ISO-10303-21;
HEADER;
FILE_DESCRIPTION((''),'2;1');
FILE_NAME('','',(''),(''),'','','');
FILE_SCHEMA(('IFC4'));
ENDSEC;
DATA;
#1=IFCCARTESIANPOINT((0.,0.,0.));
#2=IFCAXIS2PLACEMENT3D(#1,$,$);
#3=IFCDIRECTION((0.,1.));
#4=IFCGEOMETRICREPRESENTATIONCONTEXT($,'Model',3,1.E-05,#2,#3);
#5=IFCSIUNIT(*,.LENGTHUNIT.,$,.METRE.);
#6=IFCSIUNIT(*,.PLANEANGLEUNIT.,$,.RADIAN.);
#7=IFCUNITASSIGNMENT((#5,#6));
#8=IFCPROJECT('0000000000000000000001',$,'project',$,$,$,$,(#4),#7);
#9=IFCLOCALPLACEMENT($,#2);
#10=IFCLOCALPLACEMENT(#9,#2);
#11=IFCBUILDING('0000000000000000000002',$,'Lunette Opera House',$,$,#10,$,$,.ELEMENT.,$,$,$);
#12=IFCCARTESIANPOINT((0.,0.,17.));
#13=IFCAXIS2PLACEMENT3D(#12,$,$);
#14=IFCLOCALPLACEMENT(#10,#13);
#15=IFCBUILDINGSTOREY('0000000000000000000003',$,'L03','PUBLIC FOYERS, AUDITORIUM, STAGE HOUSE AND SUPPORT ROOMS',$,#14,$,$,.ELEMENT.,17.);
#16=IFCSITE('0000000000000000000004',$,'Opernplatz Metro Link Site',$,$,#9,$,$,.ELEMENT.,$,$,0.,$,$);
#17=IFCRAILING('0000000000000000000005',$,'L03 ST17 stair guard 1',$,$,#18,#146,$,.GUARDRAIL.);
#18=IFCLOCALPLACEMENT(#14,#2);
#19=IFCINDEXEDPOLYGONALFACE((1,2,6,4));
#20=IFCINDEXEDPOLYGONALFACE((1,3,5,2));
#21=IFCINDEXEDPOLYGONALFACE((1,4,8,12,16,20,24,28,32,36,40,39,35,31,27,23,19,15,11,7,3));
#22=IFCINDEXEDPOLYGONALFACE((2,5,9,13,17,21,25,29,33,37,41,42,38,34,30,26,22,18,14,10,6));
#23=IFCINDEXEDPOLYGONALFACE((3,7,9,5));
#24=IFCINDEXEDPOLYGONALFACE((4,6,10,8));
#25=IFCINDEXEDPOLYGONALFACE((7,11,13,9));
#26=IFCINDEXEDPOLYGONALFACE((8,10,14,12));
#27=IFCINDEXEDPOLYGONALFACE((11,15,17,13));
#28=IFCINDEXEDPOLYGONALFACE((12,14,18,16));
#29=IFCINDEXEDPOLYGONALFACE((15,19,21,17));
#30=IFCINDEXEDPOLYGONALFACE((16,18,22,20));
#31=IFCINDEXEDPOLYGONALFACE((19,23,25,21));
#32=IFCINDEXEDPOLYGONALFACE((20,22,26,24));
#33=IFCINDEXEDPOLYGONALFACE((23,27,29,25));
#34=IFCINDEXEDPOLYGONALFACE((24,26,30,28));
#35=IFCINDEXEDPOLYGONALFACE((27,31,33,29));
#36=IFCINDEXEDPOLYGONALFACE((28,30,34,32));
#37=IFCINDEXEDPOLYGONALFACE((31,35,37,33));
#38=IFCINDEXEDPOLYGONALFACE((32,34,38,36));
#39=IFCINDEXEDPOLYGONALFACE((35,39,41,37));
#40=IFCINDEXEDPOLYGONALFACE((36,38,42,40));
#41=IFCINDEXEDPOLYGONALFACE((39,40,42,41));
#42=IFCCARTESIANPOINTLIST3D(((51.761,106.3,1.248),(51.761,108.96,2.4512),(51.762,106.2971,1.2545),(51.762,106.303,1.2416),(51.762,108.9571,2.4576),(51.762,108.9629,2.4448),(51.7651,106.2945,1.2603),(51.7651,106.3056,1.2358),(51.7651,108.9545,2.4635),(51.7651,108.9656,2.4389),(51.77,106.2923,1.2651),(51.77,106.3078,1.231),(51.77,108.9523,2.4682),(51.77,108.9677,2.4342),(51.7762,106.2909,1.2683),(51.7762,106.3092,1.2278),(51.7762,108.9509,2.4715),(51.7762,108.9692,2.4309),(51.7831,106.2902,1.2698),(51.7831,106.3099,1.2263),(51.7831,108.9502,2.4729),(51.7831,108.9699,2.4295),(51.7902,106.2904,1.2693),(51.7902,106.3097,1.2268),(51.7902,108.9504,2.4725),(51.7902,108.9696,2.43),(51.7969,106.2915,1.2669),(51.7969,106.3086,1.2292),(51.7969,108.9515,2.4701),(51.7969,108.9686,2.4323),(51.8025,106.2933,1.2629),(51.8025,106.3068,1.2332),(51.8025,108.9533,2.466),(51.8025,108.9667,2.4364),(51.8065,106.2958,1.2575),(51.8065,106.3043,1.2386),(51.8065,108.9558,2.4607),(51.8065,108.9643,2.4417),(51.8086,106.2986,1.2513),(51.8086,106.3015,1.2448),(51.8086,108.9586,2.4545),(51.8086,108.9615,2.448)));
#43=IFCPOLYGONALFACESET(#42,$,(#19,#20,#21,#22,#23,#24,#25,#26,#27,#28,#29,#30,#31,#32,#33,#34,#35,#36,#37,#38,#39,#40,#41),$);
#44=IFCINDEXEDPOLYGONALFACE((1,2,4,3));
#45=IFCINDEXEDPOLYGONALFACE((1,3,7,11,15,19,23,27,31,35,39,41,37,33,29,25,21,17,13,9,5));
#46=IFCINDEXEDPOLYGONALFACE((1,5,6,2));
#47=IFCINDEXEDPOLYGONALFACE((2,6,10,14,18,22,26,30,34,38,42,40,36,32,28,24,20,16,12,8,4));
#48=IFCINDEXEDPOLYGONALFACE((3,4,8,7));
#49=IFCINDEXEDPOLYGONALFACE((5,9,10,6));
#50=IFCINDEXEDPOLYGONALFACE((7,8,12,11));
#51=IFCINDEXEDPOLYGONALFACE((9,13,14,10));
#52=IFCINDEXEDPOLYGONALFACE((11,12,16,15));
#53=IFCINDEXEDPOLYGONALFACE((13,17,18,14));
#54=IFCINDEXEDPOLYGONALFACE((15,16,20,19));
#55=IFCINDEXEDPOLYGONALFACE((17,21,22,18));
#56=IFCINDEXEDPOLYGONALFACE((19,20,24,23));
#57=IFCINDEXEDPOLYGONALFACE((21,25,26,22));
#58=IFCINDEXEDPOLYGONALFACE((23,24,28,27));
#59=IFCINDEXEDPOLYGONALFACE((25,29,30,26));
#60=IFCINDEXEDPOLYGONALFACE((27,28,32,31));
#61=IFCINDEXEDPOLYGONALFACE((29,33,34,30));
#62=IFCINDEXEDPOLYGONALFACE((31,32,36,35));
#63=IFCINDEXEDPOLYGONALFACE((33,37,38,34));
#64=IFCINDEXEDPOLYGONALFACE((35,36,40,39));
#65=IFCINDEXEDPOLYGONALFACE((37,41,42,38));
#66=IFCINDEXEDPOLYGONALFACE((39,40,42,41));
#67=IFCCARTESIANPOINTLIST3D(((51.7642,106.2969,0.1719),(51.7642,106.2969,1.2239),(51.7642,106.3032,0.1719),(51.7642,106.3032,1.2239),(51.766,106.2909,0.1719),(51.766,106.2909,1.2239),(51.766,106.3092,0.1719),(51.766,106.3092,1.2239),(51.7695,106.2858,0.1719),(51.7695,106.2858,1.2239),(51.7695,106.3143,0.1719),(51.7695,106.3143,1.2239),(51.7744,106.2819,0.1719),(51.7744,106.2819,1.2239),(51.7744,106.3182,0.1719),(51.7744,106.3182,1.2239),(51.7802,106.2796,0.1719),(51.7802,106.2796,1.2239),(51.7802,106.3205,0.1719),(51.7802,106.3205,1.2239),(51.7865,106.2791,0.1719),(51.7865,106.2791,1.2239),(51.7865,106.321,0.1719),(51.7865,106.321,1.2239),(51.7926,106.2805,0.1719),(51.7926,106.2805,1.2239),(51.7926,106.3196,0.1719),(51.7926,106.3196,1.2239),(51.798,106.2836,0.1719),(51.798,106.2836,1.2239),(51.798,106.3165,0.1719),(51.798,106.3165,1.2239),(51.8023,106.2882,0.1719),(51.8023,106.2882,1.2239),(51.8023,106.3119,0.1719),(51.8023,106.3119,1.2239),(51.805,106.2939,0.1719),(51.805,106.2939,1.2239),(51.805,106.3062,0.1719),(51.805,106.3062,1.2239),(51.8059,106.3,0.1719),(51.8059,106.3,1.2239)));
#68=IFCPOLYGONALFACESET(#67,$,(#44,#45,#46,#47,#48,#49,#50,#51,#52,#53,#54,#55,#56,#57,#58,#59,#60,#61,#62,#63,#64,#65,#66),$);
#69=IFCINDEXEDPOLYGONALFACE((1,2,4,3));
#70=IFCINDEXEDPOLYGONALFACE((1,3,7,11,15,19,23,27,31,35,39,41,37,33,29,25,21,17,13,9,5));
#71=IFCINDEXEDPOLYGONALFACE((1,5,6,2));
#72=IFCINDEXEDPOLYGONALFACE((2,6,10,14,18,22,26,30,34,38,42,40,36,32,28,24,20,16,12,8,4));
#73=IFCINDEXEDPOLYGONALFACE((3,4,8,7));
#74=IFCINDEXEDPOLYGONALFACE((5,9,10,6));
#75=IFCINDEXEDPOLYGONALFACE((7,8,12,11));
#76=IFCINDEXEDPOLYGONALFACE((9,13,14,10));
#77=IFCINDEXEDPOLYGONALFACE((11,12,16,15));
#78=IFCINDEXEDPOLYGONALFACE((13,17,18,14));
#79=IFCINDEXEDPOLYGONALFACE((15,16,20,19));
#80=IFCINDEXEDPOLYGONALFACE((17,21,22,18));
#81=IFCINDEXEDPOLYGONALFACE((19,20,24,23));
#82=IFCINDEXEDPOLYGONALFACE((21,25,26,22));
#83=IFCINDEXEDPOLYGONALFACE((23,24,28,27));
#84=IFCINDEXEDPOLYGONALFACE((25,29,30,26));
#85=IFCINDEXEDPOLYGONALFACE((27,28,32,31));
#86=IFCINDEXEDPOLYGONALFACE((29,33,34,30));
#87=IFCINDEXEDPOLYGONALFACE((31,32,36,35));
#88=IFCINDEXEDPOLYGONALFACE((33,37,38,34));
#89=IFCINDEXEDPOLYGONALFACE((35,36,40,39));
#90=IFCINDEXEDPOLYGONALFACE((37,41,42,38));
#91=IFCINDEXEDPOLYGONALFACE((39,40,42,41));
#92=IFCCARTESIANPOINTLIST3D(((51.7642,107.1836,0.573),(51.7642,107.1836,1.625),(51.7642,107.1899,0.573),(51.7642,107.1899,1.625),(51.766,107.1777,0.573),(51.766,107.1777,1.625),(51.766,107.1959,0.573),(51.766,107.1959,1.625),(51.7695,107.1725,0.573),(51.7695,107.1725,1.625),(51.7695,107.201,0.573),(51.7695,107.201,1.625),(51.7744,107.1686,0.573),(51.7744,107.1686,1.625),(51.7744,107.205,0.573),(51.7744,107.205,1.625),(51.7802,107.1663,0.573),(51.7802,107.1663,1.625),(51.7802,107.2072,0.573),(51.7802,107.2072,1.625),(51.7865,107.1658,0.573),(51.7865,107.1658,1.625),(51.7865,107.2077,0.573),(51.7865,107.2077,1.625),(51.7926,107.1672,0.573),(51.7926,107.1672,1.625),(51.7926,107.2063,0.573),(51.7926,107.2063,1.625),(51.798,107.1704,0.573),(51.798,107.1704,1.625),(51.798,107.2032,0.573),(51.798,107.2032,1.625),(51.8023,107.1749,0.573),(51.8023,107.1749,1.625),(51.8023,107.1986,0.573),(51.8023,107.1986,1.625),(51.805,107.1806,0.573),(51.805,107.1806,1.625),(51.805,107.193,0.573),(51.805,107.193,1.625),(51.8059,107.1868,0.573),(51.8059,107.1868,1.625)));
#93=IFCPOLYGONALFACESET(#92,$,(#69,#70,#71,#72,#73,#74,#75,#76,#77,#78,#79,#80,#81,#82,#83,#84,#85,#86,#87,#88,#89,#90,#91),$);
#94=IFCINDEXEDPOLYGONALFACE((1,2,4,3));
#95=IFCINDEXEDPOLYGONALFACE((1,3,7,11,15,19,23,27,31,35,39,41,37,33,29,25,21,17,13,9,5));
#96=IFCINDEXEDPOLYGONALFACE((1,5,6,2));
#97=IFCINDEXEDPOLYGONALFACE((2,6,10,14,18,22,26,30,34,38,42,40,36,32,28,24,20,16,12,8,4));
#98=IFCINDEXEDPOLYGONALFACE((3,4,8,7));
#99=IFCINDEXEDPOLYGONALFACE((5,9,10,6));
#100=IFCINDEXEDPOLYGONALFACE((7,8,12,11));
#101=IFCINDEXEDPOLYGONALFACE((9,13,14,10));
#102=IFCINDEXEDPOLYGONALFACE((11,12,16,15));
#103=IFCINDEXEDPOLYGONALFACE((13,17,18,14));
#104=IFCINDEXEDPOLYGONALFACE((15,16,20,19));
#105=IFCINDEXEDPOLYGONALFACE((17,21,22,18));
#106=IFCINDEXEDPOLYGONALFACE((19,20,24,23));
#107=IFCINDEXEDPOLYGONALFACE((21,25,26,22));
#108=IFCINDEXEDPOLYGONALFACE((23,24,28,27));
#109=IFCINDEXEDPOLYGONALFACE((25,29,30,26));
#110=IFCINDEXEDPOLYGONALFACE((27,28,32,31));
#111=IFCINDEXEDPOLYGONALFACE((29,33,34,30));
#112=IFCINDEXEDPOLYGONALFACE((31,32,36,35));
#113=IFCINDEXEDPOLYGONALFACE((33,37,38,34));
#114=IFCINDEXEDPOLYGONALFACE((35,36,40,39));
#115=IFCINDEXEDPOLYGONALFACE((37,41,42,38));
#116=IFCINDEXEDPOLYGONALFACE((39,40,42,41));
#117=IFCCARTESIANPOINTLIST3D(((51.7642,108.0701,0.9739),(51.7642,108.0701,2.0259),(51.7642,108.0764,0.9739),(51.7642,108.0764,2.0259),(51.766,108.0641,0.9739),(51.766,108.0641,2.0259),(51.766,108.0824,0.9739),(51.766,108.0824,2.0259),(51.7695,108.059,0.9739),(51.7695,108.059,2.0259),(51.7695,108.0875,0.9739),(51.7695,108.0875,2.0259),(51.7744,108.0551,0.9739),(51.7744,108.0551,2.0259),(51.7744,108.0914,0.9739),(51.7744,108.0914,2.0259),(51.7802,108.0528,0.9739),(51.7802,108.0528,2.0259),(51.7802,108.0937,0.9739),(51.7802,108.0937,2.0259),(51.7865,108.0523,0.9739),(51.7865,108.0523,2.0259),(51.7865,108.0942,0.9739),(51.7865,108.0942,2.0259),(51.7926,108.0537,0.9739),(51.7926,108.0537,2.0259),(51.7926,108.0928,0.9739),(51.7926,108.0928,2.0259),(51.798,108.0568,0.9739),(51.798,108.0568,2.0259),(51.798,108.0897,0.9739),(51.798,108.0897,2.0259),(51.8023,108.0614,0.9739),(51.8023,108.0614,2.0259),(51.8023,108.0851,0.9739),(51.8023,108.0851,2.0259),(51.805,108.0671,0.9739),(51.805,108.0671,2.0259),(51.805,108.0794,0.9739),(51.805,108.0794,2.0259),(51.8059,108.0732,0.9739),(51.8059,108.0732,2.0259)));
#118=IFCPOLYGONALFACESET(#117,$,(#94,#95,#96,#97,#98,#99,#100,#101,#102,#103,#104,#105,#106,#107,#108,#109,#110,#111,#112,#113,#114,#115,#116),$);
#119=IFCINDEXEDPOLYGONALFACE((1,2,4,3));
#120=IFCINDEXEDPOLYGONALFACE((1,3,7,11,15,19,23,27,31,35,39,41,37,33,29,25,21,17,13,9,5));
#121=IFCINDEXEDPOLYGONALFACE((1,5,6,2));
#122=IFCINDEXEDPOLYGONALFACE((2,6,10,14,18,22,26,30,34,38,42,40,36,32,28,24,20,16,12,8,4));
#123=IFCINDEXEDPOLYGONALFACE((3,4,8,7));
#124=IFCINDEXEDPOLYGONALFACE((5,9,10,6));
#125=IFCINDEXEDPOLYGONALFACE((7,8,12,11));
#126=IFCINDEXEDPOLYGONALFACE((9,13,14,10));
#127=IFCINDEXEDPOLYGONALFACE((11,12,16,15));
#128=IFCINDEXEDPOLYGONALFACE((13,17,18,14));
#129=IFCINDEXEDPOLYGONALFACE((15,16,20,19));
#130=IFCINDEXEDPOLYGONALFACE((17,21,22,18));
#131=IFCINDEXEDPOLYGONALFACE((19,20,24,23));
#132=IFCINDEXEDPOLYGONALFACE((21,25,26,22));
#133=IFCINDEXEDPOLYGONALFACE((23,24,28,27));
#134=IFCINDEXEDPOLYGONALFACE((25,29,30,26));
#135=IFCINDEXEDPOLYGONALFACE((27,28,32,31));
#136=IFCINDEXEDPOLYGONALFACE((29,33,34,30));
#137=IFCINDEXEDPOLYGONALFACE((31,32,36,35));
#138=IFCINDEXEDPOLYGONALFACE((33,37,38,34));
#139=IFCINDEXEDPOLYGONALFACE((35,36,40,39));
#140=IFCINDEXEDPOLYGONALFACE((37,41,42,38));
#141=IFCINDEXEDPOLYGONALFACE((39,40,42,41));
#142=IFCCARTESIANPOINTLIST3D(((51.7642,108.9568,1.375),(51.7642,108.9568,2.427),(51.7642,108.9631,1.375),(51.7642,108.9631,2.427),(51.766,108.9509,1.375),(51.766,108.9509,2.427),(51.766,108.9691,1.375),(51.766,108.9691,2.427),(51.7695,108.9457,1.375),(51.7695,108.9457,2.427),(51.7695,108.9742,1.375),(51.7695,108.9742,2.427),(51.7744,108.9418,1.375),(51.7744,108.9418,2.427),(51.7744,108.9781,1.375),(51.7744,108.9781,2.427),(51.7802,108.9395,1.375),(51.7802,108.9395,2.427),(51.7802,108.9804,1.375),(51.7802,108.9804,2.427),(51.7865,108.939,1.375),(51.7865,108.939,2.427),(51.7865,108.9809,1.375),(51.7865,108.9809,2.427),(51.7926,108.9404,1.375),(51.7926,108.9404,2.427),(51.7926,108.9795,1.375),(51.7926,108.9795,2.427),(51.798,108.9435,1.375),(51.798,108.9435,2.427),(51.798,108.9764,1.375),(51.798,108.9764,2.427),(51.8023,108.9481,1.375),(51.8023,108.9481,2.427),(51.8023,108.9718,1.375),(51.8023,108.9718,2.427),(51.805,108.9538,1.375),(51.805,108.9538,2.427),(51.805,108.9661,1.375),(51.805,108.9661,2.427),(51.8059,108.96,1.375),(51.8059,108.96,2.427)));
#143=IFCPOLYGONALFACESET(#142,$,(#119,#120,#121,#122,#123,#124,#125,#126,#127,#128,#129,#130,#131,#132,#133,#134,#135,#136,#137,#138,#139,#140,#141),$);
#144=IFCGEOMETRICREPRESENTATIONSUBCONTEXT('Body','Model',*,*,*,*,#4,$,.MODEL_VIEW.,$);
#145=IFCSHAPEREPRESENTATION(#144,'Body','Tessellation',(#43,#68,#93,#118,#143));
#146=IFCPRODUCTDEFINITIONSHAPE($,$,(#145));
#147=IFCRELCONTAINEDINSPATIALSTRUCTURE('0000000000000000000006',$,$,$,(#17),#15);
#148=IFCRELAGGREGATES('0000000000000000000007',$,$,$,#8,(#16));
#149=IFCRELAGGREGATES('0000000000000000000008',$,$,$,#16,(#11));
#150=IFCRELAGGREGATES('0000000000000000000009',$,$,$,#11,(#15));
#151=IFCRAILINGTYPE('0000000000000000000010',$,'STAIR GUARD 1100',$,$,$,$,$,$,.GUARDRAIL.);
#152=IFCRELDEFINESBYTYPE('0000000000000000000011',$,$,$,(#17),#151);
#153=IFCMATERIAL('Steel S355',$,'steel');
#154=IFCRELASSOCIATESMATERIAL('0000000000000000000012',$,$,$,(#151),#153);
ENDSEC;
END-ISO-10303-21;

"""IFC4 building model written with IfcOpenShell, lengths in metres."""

from ifc_helpers import new_model, si_unit, direction, frame, origin, origin_2d, place, context, subcontext, project, spatial, circle, extrude, material, type_object, element, save


model = new_model("IFC4")

# Units and contexts
model_context = context("Model", 3, precision=1e-05, world=origin(), true_north=direction((0.0, 1.0)))
body_context = subcontext(model_context, "Body", "Model", "MODEL_VIEW")
ifc_project = project(units=[si_unit("LENGTHUNIT", "METRE"), si_unit("PLANEANGLEUNIT", "RADIAN")], contexts=[model_context])

# Site, building, storey
site_placement = place(None, origin())
site = spatial("IfcSite", under=ifc_project, at=site_placement, Name="Opernplatz Metro Link Site", CompositionType="ELEMENT", RefElevation=0.0)
building_placement = place(site_placement, origin())
building = spatial("IfcBuilding", under=site, at=building_placement, Name="Lunette Opera House", CompositionType="ELEMENT")
storey_placement = place(building_placement, frame((0.0, 0.0, 17.0)))
storey = spatial("IfcBuildingStorey", under=building, at=storey_placement, Name="L03", Description="PUBLIC FOYERS, AUDITORIUM, STAGE HOUSE AND SUPPORT ROOMS", CompositionType="ELEMENT", Elevation=17.0)

# Railing
ifc_material_1 = material(Name="Steel S355", Category="steel")
railing_type_1 = type_object("IfcRailingType", Name="STAIR GUARD 1100", PredefinedType="GUARDRAIL", material=ifc_material_1)
railing_1_placement = place(storey_placement, frame((51.7849, 106.3, 0.1719)))
element("IfcRailing", 1, at=railing_1_placement, inside=storey, type_object=railing_type_1, Name="L03 ST17 stair guard 1", PredefinedType="GUARDRAIL", context=body_context, shape_type="SweptSolid", body=[
    extrude(circle(Radius=0.0239, at=origin_2d()), frame((0.0, 0.0, 1.0762), z_axis=(0.0, 0.91113, 0.41212), x_axis=(-1.0, 0.0, 0.0)), (0.0, 0.0, 1.0), 2.9194),
    extrude(circle(Radius=0.021, at=origin_2d()), origin(), (0.0, 0.0, 1.0), 1.052),
    extrude(circle(Radius=0.021, at=origin_2d()), frame((0.0, 0.8867, 0.4011)), (0.0, 0.0, 1.0), 1.052),
    extrude(circle(Radius=0.021, at=origin_2d()), frame((0.0, 1.7732, 0.802)), (0.0, 0.0, 1.0), 1.052),
    extrude(circle(Radius=0.021, at=origin_2d()), frame((0.0, 2.6599, 1.2031)), (0.0, 0.0, 1.0), 1.052),
])

save(model, "model.ifc")
